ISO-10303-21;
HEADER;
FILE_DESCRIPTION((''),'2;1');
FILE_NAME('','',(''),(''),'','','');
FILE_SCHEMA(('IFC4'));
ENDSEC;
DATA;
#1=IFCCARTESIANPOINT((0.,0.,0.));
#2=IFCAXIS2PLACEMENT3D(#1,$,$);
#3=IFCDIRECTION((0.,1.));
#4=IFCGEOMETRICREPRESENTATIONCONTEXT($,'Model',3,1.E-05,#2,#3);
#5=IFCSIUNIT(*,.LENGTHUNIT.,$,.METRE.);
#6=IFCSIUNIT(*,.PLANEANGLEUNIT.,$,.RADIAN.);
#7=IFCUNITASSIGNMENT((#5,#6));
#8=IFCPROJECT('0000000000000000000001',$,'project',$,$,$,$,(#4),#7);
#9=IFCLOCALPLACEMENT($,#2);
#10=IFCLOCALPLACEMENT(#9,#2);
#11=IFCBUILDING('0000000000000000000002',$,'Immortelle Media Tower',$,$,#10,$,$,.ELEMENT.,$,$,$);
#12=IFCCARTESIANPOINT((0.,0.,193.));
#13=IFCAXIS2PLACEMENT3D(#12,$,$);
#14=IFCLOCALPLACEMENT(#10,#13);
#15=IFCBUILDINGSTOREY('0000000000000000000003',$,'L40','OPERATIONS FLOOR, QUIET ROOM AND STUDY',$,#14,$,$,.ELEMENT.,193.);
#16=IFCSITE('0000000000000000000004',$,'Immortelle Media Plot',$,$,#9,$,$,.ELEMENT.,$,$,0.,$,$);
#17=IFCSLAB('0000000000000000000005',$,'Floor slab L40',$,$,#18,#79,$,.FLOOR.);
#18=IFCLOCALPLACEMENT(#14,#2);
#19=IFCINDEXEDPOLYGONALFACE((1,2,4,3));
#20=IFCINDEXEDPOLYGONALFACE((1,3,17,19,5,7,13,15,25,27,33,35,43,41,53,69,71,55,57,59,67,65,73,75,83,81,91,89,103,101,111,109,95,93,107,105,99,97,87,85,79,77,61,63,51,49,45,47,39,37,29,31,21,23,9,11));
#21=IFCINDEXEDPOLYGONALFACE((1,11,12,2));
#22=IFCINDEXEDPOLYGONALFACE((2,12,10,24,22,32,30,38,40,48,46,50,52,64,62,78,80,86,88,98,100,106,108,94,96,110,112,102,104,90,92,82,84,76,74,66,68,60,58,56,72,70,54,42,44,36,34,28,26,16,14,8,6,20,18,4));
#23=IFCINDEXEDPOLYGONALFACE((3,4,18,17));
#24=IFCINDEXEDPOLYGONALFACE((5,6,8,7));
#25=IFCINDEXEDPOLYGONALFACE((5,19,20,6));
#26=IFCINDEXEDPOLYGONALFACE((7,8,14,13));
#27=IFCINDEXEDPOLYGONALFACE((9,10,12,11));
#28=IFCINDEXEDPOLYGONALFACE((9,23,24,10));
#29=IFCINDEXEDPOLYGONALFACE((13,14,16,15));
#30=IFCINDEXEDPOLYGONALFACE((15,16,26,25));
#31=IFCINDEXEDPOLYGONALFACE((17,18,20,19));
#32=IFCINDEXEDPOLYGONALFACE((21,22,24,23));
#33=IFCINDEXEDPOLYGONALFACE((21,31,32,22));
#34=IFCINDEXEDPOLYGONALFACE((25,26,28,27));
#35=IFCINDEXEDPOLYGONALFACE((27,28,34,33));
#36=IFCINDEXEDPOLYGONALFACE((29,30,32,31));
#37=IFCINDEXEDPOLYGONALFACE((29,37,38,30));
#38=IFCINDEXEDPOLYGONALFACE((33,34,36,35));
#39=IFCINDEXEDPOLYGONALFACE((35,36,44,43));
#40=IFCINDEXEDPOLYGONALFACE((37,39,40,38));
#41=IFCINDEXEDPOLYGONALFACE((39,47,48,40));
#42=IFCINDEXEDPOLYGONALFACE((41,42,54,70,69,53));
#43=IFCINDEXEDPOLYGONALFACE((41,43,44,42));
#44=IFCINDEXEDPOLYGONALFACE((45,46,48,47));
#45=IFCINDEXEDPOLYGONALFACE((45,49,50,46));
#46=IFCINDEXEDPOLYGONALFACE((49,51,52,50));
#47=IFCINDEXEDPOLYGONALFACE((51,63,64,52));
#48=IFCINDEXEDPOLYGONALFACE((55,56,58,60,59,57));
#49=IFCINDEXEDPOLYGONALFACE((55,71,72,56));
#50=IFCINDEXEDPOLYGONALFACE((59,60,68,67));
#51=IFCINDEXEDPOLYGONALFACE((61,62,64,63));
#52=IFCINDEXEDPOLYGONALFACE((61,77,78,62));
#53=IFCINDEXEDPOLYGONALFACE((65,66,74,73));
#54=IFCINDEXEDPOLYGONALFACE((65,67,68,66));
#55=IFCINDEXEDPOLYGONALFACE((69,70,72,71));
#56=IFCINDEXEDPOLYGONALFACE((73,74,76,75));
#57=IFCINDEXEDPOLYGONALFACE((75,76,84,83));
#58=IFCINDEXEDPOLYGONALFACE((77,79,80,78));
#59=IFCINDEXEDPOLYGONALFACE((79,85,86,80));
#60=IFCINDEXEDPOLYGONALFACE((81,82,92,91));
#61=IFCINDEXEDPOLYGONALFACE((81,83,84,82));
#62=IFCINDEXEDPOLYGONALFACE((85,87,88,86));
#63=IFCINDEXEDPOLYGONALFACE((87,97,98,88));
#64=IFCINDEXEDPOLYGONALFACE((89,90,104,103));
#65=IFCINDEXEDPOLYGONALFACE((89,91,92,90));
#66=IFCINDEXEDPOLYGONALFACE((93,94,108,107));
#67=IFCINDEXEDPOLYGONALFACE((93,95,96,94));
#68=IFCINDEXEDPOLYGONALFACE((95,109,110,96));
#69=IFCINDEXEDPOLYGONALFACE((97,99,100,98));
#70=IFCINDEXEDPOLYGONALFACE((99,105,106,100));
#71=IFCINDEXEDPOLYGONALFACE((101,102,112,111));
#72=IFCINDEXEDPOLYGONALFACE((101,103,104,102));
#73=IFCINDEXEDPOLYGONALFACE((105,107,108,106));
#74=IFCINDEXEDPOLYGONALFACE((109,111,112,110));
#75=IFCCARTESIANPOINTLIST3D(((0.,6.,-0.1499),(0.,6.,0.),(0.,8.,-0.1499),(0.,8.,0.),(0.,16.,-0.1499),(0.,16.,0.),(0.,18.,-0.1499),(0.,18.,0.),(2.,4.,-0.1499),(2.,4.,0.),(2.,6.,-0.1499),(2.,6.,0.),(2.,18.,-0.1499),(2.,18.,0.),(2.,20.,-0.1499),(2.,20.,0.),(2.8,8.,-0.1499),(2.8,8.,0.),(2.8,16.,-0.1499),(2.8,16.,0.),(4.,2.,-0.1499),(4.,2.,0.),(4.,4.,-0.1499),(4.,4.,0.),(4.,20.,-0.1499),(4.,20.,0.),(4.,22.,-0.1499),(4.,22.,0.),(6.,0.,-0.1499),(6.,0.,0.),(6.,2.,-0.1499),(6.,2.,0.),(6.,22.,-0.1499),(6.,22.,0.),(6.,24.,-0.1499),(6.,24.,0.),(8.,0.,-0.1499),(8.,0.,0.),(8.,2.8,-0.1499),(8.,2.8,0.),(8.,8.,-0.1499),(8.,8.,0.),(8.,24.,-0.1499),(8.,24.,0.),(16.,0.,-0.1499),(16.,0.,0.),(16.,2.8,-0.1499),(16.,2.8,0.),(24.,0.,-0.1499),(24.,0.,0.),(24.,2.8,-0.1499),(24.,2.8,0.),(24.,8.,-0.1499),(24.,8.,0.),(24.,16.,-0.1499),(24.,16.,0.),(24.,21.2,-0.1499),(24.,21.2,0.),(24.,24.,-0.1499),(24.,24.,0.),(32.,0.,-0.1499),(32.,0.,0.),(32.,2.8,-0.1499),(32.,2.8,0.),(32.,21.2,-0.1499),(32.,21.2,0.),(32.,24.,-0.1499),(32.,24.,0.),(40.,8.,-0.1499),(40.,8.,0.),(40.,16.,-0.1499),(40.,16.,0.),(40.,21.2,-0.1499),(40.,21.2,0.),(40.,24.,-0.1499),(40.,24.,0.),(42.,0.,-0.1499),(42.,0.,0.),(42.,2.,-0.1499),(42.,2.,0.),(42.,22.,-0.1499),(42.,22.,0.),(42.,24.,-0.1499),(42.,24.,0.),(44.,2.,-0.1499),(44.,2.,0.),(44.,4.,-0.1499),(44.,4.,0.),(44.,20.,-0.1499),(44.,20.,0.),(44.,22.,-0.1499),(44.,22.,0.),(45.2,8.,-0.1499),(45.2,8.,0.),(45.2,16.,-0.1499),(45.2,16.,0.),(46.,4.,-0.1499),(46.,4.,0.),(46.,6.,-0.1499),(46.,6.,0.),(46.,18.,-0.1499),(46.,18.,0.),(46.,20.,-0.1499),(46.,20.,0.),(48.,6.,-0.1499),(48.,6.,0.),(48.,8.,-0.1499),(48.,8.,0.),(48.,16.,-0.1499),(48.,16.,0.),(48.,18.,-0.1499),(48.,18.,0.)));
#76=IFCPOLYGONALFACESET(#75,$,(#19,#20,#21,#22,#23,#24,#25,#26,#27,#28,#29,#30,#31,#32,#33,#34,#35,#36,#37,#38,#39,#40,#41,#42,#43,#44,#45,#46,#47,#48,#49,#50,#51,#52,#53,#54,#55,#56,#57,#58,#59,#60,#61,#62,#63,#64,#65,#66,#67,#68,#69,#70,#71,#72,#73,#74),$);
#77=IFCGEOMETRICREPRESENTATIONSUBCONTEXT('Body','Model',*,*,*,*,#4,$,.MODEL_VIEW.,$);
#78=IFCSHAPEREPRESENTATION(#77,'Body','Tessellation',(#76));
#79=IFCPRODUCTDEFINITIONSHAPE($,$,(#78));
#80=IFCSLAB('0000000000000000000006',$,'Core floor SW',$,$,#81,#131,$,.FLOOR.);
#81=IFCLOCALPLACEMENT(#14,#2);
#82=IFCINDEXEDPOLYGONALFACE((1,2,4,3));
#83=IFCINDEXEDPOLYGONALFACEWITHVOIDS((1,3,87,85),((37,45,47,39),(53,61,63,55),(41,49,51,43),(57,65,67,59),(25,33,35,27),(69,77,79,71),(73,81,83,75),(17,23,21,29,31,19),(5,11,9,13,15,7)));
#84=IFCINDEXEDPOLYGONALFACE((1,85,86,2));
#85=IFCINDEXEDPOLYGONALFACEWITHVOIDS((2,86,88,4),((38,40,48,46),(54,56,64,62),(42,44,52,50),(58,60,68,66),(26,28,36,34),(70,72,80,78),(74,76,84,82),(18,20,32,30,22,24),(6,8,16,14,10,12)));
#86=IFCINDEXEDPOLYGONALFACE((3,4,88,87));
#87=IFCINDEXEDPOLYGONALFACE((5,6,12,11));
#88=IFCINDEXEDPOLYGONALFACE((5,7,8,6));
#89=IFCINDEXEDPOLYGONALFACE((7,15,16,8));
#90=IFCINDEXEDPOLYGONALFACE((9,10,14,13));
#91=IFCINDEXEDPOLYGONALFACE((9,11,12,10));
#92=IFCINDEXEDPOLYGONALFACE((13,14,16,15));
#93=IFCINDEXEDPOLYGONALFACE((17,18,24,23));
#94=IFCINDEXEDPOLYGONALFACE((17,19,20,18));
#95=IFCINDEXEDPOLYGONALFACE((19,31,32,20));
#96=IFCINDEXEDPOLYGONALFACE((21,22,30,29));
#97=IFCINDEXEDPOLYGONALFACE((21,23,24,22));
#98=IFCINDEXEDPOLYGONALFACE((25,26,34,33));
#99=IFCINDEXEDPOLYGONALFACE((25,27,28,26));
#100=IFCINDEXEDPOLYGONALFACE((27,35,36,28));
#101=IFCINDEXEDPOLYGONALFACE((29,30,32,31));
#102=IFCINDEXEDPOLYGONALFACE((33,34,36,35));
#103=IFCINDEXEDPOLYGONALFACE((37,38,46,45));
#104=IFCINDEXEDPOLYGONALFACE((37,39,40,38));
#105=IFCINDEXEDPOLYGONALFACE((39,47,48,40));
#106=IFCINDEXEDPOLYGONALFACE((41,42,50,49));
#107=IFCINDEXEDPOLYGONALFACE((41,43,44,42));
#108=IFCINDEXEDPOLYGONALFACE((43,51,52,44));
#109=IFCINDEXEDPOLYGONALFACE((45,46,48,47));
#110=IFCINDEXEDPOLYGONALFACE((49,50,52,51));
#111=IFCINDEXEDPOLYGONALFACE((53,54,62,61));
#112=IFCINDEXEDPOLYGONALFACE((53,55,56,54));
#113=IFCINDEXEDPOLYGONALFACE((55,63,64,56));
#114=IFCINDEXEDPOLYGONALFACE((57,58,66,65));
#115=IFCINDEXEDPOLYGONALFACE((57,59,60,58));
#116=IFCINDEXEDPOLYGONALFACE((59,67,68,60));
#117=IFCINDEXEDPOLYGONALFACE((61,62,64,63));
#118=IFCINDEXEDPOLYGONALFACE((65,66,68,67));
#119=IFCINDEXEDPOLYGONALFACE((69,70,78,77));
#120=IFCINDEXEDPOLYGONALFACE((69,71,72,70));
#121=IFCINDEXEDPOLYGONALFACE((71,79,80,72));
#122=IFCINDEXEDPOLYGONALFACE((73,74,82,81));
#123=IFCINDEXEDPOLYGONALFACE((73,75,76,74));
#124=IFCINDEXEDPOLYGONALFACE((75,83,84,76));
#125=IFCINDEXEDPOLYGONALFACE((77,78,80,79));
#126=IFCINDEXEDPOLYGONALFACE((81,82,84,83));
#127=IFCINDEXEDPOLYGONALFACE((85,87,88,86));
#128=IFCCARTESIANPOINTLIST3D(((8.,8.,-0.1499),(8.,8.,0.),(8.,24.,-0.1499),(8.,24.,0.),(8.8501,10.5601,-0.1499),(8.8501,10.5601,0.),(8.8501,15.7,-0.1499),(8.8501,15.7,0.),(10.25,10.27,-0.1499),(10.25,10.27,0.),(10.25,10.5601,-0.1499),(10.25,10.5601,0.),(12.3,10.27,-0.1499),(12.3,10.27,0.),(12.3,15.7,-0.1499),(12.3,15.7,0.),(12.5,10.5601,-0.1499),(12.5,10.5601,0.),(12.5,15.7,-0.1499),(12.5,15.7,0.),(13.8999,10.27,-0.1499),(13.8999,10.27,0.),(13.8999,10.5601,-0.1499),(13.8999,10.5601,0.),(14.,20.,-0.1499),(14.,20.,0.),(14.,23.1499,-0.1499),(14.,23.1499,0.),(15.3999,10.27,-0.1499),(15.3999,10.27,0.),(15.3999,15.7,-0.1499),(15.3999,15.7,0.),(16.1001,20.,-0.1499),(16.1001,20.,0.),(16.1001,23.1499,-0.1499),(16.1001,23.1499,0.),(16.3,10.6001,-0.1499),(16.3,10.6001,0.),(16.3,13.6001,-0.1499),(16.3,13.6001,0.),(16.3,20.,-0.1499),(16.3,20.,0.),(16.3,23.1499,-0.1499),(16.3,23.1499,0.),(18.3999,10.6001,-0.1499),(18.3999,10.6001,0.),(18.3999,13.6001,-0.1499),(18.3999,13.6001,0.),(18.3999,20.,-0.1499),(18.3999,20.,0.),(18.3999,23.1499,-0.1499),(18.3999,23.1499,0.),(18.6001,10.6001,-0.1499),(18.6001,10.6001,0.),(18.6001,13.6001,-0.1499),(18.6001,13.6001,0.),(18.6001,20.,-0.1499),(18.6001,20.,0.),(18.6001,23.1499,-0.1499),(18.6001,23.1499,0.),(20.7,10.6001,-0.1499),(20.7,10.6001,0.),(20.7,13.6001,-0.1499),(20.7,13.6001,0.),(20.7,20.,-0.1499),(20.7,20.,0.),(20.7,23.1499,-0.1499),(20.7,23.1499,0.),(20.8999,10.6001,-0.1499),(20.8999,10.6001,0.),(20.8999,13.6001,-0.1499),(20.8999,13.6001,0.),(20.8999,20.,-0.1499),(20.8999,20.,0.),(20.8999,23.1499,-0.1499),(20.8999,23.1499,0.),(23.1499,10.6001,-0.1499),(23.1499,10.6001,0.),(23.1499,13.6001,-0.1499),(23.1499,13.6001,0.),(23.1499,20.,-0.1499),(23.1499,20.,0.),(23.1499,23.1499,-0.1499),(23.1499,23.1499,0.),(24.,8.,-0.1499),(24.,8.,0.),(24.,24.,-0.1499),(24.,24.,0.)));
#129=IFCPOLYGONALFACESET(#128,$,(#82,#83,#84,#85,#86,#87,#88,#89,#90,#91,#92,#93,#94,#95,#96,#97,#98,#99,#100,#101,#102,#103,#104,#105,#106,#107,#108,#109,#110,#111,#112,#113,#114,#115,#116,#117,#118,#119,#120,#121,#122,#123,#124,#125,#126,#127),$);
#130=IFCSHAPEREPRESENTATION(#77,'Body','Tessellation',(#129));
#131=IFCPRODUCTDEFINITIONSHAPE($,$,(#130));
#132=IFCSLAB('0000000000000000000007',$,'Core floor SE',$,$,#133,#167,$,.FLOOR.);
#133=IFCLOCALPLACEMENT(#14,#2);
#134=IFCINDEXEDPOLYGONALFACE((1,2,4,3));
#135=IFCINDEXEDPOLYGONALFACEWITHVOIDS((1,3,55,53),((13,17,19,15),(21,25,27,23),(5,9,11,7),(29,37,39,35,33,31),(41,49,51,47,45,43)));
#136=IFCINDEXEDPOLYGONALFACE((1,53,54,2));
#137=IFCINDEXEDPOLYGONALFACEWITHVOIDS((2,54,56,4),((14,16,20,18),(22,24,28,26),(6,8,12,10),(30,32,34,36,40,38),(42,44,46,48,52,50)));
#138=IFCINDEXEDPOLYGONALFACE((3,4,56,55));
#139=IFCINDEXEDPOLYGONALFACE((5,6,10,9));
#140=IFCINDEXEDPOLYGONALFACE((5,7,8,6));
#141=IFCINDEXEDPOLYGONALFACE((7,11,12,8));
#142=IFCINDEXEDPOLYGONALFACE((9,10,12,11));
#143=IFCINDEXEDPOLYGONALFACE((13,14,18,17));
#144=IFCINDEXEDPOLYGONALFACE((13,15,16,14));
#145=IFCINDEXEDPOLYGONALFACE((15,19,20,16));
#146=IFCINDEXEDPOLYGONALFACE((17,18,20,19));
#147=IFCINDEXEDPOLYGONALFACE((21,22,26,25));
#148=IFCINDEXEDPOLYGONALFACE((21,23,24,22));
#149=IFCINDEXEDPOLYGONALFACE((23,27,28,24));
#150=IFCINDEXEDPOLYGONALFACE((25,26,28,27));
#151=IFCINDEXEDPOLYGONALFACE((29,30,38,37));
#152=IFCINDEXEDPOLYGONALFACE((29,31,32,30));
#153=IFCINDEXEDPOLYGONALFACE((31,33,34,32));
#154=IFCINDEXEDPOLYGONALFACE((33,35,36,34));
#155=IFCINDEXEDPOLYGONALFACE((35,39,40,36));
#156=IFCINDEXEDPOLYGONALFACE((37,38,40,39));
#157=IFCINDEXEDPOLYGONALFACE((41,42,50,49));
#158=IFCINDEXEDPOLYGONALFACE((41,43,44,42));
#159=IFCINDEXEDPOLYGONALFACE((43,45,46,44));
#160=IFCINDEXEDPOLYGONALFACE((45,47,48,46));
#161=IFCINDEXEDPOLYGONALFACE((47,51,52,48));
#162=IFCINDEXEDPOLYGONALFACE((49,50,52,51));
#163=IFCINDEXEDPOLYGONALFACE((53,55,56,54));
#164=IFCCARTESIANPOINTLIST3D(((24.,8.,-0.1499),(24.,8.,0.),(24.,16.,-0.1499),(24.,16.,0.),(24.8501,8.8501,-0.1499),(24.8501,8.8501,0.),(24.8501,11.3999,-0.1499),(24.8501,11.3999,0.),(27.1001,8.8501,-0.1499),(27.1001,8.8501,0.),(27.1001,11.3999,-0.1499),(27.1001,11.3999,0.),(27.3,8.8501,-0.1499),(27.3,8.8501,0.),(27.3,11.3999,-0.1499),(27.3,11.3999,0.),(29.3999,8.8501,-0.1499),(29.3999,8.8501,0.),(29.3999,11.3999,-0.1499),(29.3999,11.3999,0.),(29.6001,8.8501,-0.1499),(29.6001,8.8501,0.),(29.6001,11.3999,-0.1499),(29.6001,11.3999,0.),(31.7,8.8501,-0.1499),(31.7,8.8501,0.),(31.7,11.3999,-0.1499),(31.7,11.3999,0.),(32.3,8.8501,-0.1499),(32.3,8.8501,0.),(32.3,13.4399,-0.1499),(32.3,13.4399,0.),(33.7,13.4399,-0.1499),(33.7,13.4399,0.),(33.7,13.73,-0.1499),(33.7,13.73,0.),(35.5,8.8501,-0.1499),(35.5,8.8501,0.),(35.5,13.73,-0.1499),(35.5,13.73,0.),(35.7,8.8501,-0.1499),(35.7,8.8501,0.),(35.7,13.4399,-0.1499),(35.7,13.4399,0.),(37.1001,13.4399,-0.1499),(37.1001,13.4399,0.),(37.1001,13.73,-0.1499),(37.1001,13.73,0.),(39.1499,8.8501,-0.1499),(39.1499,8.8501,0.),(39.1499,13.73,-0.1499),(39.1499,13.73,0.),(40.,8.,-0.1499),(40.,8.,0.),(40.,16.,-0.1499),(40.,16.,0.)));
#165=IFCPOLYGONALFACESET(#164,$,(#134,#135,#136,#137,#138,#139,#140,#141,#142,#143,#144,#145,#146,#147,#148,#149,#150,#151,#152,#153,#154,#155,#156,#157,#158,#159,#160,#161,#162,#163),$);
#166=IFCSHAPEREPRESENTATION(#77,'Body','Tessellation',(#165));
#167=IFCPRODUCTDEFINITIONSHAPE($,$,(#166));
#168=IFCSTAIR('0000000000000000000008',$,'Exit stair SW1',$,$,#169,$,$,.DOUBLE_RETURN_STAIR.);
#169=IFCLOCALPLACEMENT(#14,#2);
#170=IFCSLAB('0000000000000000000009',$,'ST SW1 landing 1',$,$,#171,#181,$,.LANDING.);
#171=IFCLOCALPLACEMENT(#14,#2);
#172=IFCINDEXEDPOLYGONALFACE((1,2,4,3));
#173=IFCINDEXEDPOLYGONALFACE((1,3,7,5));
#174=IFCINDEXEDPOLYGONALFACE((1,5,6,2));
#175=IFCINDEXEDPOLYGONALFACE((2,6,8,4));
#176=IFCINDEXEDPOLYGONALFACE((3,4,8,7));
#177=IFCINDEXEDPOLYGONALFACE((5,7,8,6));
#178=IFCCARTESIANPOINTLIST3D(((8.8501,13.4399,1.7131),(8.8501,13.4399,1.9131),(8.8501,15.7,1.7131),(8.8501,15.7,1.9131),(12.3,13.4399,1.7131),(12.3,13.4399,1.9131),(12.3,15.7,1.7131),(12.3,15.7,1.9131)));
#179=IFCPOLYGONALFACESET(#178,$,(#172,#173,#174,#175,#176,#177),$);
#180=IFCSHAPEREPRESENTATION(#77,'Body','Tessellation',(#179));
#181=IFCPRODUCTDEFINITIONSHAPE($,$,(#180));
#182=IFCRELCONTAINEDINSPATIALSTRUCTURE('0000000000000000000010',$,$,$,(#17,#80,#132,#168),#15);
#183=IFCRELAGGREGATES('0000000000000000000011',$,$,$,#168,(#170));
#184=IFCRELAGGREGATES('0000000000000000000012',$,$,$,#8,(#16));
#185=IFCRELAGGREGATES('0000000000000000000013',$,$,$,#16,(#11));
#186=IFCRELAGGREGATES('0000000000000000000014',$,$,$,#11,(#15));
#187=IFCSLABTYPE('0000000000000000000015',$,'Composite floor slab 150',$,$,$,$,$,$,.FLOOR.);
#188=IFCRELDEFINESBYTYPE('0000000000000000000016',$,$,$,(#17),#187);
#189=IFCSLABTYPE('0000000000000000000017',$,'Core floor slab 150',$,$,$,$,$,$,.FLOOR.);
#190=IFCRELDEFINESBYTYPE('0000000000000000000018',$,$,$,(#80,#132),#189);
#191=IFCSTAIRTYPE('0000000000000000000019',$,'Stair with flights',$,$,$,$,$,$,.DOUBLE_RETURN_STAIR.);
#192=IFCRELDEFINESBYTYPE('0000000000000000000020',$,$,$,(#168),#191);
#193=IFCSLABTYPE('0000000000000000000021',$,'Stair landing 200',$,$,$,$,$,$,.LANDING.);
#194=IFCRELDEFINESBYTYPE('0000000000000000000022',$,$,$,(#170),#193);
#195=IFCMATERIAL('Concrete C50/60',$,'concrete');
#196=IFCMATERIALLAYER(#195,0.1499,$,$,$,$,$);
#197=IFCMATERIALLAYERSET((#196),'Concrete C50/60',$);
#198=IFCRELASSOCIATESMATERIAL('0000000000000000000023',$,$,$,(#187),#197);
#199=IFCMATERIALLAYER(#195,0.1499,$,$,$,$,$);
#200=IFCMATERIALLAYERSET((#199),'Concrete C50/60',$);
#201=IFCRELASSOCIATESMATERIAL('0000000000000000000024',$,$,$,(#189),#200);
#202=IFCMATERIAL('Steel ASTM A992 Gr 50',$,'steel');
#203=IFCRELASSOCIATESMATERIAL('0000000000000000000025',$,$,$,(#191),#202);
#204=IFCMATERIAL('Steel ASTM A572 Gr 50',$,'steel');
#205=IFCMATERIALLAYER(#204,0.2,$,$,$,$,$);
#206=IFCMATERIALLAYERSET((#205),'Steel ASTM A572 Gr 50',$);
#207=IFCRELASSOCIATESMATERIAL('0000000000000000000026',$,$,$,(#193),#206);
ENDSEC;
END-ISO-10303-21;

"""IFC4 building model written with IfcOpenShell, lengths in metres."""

from ifc_helpers import new_model, si_unit, direction, frame, origin, place, context, subcontext, project, spatial, polyline, outline, extrude, material, layer, layer_set, type_object, element, aggregate, save


model = new_model("IFC4")

# Units and contexts
model_context = context("Model", 3, precision=1e-05, world=origin(), true_north=direction((0.0, 1.0)))
body_context = subcontext(model_context, "Body", "Model", "MODEL_VIEW")
ifc_project = project(units=[si_unit("LENGTHUNIT", "METRE"), si_unit("PLANEANGLEUNIT", "RADIAN")], contexts=[model_context])

# Site, building, storey
site_placement = place(None, origin())
site = spatial("IfcSite", under=ifc_project, at=site_placement, Name="Immortelle Media Plot", CompositionType="ELEMENT", RefElevation=0.0)
building_placement = place(site_placement, origin())
building = spatial("IfcBuilding", under=site, at=building_placement, Name="Immortelle Media Tower", CompositionType="ELEMENT")
storey_placement = place(building_placement, frame((0.0, 0.0, 193.0)))
storey = spatial("IfcBuildingStorey", under=building, at=storey_placement, Name="L40", Description="OPERATIONS FLOOR, QUIET ROOM AND STUDY", CompositionType="ELEMENT", Elevation=193.0)

# Shared definitions
ifc_material_1 = material(Name="Steel ASTM A992 Gr 50", Category="steel")

# Slabs
ifc_material_2 = material(Name="Concrete C50/60", Category="concrete")
ifc_layer_1 = layer(ifc_material_2, 0.1499)
ifc_layer_set_1 = layer_set([ifc_layer_1], Name="Concrete C50/60")
slab_type_1 = type_object("IfcSlabType", Name="Composite floor slab 150", PredefinedType="FLOOR", material=ifc_layer_set_1)
slab_1_placement = place(storey_placement, frame((0.0, 0.0, -0.1499)))
element("IfcSlab", 1, at=slab_1_placement, inside=storey, type_object=slab_type_1, Name="Floor slab L40", PredefinedType="FLOOR", context=body_context, shape_type="SweptSolid", body=[
    extrude(outline(polyline([(6.0, 0.0), (6.0, 2.0), (4.0, 2.0), (4.0, 4.0), (2.0, 4.0), (2.0, 6.0), (0.0, 6.0), (0.0, 8.0), (2.8, 8.0), (2.8, 16.0), (0.0, 16.0), (0.0, 18.0), (2.0, 18.0), (2.0, 20.0), (4.0, 20.0), (4.0, 22.0), (6.0, 22.0), (6.0, 24.0), (8.0, 24.0), (8.0, 8.0), (24.0, 8.0), (40.0, 8.0), (40.0, 16.0), (24.0, 16.0), (24.0, 21.2), (24.0, 24.0), (32.0, 24.0), (32.0, 21.2), (40.0, 21.2), (40.0, 24.0), (42.0, 24.0), (42.0, 22.0), (44.0, 22.0), (44.0, 20.0), (46.0, 20.0), (46.0, 18.0), (48.0, 18.0), (48.0, 16.0), (45.2, 16.0), (45.2, 8.0), (48.0, 8.0), (48.0, 6.0), (46.0, 6.0), (46.0, 4.0), (44.0, 4.0), (44.0, 2.0), (42.0, 2.0), (42.0, 0.0), (32.0, 0.0), (32.0, 2.8), (24.0, 2.8), (24.0, 0.0), (16.0, 0.0), (16.0, 2.8), (8.0, 2.8), (8.0, 0.0), (6.0, 0.0)])), origin(), (0.0, 0.0, 1.0), 0.1499),
])
ifc_layer_2 = layer(ifc_material_2, 0.1499)
ifc_layer_set_2 = layer_set([ifc_layer_2], Name="Concrete C50/60")
slab_type_2 = type_object("IfcSlabType", Name="Core floor slab 150", PredefinedType="FLOOR", material=ifc_layer_set_2)
slab_2_placement = place(storey_placement, frame((0.0, 0.0, -0.1499)))
element("IfcSlab", 2, at=slab_2_placement, inside=storey, type_object=slab_type_2, Name="Core floor SW", PredefinedType="FLOOR", context=body_context, shape_type="SweptSolid", body=[
    extrude(outline(polyline([(8.0, 8.0), (24.0, 8.0), (24.0, 24.0), (8.0, 24.0), (8.0, 8.0)]), holes=[polyline([(14.0, 20.0), (16.1001, 20.0), (16.1001, 23.1499), (14.0, 23.1499), (14.0, 20.0)]), polyline([(16.3, 20.0), (18.3999, 20.0), (18.3999, 23.1499), (16.3, 23.1499), (16.3, 20.0)]), polyline([(18.6001, 20.0), (20.7, 20.0), (20.7, 23.1499), (18.6001, 23.1499), (18.6001, 20.0)]), polyline([(20.8999, 20.0), (23.1499, 20.0), (23.1499, 23.1499), (20.8999, 23.1499), (20.8999, 20.0)]), polyline([(16.3, 10.6001), (18.3999, 10.6001), (18.3999, 13.6001), (16.3, 13.6001), (16.3, 10.6001)]), polyline([(18.6001, 10.6001), (20.7, 10.6001), (20.7, 13.6001), (18.6001, 13.6001), (18.6001, 10.6001)]), polyline([(20.8999, 10.6001), (23.1499, 10.6001), (23.1499, 13.6001), (20.8999, 13.6001), (20.8999, 10.6001)]), polyline([(8.8501, 15.7), (12.3, 15.7), (12.3, 10.27), (10.25, 10.27), (10.25, 10.5601), (8.8501, 10.5601), (8.8501, 15.7)]), polyline([(12.5, 15.7), (15.3999, 15.7), (15.3999, 10.27), (13.8999, 10.27), (13.8999, 10.5601), (12.5, 10.5601), (12.5, 15.7)])]), origin(), (0.0, 0.0, 1.0), 0.1499),
])
slab_3_placement = place(storey_placement, frame((0.0, 0.0, -0.1499)))
element("IfcSlab", 3, at=slab_3_placement, inside=storey, type_object=slab_type_2, Name="Core floor SE", PredefinedType="FLOOR", context=body_context, shape_type="SweptSolid", body=[
    extrude(outline(polyline([(24.0, 8.0), (40.0, 8.0), (40.0, 16.0), (24.0, 16.0), (24.0, 8.0)]), holes=[polyline([(24.8501, 8.8501), (27.1001, 8.8501), (27.1001, 11.3999), (24.8501, 11.3999), (24.8501, 8.8501)]), polyline([(27.3, 8.8501), (29.3999, 8.8501), (29.3999, 11.3999), (27.3, 11.3999), (27.3, 8.8501)]), polyline([(29.6001, 8.8501), (31.7, 8.8501), (31.7, 11.3999), (29.6001, 11.3999), (29.6001, 8.8501)]), polyline([(35.5, 13.73), (35.5, 8.8501), (32.3, 8.8501), (32.3, 13.4399), (33.7, 13.4399), (33.7, 13.73), (35.5, 13.73)]), polyline([(39.1499, 13.73), (39.1499, 8.8501), (35.7, 8.8501), (35.7, 13.4399), (37.1001, 13.4399), (37.1001, 13.73), (39.1499, 13.73)])]), origin(), (0.0, 0.0, 1.0), 0.1499),
])

# Stair, slab
stair_type = type_object("IfcStairType", Name="Stair with flights", PredefinedType="DOUBLE_RETURN_STAIR", material=ifc_material_1)
stair_1_placement = place(storey_placement, origin())
stair_1 = element("IfcStair", 4, at=stair_1_placement, inside=storey, type_object=stair_type, Name="Exit stair SW1", PredefinedType="DOUBLE_RETURN_STAIR")
ifc_material_3 = material(Name="Steel ASTM A572 Gr 50", Category="steel")
ifc_layer_3 = layer(ifc_material_3, 0.2)
ifc_layer_set_3 = layer_set([ifc_layer_3], Name="Steel ASTM A572 Gr 50")
slab_type_3 = type_object("IfcSlabType", Name="Stair landing 200", PredefinedType="LANDING", material=ifc_layer_set_3)
slab_4_placement = place(storey_placement, frame((0.0, 0.0, 1.7131)))
slab_4 = element("IfcSlab", 5, at=slab_4_placement, type_object=slab_type_3, Name="ST SW1 landing 1", PredefinedType="LANDING", context=body_context, shape_type="SweptSolid", body=[
    extrude(outline(polyline([(8.8501, 13.4399), (12.3, 13.4399), (12.3, 15.7), (8.8501, 15.7), (8.8501, 13.4399)])), origin(), (0.0, 0.0, 1.0), 0.2),
])
aggregate(stair_1, [slab_4])

save(model, "model.ifc")
